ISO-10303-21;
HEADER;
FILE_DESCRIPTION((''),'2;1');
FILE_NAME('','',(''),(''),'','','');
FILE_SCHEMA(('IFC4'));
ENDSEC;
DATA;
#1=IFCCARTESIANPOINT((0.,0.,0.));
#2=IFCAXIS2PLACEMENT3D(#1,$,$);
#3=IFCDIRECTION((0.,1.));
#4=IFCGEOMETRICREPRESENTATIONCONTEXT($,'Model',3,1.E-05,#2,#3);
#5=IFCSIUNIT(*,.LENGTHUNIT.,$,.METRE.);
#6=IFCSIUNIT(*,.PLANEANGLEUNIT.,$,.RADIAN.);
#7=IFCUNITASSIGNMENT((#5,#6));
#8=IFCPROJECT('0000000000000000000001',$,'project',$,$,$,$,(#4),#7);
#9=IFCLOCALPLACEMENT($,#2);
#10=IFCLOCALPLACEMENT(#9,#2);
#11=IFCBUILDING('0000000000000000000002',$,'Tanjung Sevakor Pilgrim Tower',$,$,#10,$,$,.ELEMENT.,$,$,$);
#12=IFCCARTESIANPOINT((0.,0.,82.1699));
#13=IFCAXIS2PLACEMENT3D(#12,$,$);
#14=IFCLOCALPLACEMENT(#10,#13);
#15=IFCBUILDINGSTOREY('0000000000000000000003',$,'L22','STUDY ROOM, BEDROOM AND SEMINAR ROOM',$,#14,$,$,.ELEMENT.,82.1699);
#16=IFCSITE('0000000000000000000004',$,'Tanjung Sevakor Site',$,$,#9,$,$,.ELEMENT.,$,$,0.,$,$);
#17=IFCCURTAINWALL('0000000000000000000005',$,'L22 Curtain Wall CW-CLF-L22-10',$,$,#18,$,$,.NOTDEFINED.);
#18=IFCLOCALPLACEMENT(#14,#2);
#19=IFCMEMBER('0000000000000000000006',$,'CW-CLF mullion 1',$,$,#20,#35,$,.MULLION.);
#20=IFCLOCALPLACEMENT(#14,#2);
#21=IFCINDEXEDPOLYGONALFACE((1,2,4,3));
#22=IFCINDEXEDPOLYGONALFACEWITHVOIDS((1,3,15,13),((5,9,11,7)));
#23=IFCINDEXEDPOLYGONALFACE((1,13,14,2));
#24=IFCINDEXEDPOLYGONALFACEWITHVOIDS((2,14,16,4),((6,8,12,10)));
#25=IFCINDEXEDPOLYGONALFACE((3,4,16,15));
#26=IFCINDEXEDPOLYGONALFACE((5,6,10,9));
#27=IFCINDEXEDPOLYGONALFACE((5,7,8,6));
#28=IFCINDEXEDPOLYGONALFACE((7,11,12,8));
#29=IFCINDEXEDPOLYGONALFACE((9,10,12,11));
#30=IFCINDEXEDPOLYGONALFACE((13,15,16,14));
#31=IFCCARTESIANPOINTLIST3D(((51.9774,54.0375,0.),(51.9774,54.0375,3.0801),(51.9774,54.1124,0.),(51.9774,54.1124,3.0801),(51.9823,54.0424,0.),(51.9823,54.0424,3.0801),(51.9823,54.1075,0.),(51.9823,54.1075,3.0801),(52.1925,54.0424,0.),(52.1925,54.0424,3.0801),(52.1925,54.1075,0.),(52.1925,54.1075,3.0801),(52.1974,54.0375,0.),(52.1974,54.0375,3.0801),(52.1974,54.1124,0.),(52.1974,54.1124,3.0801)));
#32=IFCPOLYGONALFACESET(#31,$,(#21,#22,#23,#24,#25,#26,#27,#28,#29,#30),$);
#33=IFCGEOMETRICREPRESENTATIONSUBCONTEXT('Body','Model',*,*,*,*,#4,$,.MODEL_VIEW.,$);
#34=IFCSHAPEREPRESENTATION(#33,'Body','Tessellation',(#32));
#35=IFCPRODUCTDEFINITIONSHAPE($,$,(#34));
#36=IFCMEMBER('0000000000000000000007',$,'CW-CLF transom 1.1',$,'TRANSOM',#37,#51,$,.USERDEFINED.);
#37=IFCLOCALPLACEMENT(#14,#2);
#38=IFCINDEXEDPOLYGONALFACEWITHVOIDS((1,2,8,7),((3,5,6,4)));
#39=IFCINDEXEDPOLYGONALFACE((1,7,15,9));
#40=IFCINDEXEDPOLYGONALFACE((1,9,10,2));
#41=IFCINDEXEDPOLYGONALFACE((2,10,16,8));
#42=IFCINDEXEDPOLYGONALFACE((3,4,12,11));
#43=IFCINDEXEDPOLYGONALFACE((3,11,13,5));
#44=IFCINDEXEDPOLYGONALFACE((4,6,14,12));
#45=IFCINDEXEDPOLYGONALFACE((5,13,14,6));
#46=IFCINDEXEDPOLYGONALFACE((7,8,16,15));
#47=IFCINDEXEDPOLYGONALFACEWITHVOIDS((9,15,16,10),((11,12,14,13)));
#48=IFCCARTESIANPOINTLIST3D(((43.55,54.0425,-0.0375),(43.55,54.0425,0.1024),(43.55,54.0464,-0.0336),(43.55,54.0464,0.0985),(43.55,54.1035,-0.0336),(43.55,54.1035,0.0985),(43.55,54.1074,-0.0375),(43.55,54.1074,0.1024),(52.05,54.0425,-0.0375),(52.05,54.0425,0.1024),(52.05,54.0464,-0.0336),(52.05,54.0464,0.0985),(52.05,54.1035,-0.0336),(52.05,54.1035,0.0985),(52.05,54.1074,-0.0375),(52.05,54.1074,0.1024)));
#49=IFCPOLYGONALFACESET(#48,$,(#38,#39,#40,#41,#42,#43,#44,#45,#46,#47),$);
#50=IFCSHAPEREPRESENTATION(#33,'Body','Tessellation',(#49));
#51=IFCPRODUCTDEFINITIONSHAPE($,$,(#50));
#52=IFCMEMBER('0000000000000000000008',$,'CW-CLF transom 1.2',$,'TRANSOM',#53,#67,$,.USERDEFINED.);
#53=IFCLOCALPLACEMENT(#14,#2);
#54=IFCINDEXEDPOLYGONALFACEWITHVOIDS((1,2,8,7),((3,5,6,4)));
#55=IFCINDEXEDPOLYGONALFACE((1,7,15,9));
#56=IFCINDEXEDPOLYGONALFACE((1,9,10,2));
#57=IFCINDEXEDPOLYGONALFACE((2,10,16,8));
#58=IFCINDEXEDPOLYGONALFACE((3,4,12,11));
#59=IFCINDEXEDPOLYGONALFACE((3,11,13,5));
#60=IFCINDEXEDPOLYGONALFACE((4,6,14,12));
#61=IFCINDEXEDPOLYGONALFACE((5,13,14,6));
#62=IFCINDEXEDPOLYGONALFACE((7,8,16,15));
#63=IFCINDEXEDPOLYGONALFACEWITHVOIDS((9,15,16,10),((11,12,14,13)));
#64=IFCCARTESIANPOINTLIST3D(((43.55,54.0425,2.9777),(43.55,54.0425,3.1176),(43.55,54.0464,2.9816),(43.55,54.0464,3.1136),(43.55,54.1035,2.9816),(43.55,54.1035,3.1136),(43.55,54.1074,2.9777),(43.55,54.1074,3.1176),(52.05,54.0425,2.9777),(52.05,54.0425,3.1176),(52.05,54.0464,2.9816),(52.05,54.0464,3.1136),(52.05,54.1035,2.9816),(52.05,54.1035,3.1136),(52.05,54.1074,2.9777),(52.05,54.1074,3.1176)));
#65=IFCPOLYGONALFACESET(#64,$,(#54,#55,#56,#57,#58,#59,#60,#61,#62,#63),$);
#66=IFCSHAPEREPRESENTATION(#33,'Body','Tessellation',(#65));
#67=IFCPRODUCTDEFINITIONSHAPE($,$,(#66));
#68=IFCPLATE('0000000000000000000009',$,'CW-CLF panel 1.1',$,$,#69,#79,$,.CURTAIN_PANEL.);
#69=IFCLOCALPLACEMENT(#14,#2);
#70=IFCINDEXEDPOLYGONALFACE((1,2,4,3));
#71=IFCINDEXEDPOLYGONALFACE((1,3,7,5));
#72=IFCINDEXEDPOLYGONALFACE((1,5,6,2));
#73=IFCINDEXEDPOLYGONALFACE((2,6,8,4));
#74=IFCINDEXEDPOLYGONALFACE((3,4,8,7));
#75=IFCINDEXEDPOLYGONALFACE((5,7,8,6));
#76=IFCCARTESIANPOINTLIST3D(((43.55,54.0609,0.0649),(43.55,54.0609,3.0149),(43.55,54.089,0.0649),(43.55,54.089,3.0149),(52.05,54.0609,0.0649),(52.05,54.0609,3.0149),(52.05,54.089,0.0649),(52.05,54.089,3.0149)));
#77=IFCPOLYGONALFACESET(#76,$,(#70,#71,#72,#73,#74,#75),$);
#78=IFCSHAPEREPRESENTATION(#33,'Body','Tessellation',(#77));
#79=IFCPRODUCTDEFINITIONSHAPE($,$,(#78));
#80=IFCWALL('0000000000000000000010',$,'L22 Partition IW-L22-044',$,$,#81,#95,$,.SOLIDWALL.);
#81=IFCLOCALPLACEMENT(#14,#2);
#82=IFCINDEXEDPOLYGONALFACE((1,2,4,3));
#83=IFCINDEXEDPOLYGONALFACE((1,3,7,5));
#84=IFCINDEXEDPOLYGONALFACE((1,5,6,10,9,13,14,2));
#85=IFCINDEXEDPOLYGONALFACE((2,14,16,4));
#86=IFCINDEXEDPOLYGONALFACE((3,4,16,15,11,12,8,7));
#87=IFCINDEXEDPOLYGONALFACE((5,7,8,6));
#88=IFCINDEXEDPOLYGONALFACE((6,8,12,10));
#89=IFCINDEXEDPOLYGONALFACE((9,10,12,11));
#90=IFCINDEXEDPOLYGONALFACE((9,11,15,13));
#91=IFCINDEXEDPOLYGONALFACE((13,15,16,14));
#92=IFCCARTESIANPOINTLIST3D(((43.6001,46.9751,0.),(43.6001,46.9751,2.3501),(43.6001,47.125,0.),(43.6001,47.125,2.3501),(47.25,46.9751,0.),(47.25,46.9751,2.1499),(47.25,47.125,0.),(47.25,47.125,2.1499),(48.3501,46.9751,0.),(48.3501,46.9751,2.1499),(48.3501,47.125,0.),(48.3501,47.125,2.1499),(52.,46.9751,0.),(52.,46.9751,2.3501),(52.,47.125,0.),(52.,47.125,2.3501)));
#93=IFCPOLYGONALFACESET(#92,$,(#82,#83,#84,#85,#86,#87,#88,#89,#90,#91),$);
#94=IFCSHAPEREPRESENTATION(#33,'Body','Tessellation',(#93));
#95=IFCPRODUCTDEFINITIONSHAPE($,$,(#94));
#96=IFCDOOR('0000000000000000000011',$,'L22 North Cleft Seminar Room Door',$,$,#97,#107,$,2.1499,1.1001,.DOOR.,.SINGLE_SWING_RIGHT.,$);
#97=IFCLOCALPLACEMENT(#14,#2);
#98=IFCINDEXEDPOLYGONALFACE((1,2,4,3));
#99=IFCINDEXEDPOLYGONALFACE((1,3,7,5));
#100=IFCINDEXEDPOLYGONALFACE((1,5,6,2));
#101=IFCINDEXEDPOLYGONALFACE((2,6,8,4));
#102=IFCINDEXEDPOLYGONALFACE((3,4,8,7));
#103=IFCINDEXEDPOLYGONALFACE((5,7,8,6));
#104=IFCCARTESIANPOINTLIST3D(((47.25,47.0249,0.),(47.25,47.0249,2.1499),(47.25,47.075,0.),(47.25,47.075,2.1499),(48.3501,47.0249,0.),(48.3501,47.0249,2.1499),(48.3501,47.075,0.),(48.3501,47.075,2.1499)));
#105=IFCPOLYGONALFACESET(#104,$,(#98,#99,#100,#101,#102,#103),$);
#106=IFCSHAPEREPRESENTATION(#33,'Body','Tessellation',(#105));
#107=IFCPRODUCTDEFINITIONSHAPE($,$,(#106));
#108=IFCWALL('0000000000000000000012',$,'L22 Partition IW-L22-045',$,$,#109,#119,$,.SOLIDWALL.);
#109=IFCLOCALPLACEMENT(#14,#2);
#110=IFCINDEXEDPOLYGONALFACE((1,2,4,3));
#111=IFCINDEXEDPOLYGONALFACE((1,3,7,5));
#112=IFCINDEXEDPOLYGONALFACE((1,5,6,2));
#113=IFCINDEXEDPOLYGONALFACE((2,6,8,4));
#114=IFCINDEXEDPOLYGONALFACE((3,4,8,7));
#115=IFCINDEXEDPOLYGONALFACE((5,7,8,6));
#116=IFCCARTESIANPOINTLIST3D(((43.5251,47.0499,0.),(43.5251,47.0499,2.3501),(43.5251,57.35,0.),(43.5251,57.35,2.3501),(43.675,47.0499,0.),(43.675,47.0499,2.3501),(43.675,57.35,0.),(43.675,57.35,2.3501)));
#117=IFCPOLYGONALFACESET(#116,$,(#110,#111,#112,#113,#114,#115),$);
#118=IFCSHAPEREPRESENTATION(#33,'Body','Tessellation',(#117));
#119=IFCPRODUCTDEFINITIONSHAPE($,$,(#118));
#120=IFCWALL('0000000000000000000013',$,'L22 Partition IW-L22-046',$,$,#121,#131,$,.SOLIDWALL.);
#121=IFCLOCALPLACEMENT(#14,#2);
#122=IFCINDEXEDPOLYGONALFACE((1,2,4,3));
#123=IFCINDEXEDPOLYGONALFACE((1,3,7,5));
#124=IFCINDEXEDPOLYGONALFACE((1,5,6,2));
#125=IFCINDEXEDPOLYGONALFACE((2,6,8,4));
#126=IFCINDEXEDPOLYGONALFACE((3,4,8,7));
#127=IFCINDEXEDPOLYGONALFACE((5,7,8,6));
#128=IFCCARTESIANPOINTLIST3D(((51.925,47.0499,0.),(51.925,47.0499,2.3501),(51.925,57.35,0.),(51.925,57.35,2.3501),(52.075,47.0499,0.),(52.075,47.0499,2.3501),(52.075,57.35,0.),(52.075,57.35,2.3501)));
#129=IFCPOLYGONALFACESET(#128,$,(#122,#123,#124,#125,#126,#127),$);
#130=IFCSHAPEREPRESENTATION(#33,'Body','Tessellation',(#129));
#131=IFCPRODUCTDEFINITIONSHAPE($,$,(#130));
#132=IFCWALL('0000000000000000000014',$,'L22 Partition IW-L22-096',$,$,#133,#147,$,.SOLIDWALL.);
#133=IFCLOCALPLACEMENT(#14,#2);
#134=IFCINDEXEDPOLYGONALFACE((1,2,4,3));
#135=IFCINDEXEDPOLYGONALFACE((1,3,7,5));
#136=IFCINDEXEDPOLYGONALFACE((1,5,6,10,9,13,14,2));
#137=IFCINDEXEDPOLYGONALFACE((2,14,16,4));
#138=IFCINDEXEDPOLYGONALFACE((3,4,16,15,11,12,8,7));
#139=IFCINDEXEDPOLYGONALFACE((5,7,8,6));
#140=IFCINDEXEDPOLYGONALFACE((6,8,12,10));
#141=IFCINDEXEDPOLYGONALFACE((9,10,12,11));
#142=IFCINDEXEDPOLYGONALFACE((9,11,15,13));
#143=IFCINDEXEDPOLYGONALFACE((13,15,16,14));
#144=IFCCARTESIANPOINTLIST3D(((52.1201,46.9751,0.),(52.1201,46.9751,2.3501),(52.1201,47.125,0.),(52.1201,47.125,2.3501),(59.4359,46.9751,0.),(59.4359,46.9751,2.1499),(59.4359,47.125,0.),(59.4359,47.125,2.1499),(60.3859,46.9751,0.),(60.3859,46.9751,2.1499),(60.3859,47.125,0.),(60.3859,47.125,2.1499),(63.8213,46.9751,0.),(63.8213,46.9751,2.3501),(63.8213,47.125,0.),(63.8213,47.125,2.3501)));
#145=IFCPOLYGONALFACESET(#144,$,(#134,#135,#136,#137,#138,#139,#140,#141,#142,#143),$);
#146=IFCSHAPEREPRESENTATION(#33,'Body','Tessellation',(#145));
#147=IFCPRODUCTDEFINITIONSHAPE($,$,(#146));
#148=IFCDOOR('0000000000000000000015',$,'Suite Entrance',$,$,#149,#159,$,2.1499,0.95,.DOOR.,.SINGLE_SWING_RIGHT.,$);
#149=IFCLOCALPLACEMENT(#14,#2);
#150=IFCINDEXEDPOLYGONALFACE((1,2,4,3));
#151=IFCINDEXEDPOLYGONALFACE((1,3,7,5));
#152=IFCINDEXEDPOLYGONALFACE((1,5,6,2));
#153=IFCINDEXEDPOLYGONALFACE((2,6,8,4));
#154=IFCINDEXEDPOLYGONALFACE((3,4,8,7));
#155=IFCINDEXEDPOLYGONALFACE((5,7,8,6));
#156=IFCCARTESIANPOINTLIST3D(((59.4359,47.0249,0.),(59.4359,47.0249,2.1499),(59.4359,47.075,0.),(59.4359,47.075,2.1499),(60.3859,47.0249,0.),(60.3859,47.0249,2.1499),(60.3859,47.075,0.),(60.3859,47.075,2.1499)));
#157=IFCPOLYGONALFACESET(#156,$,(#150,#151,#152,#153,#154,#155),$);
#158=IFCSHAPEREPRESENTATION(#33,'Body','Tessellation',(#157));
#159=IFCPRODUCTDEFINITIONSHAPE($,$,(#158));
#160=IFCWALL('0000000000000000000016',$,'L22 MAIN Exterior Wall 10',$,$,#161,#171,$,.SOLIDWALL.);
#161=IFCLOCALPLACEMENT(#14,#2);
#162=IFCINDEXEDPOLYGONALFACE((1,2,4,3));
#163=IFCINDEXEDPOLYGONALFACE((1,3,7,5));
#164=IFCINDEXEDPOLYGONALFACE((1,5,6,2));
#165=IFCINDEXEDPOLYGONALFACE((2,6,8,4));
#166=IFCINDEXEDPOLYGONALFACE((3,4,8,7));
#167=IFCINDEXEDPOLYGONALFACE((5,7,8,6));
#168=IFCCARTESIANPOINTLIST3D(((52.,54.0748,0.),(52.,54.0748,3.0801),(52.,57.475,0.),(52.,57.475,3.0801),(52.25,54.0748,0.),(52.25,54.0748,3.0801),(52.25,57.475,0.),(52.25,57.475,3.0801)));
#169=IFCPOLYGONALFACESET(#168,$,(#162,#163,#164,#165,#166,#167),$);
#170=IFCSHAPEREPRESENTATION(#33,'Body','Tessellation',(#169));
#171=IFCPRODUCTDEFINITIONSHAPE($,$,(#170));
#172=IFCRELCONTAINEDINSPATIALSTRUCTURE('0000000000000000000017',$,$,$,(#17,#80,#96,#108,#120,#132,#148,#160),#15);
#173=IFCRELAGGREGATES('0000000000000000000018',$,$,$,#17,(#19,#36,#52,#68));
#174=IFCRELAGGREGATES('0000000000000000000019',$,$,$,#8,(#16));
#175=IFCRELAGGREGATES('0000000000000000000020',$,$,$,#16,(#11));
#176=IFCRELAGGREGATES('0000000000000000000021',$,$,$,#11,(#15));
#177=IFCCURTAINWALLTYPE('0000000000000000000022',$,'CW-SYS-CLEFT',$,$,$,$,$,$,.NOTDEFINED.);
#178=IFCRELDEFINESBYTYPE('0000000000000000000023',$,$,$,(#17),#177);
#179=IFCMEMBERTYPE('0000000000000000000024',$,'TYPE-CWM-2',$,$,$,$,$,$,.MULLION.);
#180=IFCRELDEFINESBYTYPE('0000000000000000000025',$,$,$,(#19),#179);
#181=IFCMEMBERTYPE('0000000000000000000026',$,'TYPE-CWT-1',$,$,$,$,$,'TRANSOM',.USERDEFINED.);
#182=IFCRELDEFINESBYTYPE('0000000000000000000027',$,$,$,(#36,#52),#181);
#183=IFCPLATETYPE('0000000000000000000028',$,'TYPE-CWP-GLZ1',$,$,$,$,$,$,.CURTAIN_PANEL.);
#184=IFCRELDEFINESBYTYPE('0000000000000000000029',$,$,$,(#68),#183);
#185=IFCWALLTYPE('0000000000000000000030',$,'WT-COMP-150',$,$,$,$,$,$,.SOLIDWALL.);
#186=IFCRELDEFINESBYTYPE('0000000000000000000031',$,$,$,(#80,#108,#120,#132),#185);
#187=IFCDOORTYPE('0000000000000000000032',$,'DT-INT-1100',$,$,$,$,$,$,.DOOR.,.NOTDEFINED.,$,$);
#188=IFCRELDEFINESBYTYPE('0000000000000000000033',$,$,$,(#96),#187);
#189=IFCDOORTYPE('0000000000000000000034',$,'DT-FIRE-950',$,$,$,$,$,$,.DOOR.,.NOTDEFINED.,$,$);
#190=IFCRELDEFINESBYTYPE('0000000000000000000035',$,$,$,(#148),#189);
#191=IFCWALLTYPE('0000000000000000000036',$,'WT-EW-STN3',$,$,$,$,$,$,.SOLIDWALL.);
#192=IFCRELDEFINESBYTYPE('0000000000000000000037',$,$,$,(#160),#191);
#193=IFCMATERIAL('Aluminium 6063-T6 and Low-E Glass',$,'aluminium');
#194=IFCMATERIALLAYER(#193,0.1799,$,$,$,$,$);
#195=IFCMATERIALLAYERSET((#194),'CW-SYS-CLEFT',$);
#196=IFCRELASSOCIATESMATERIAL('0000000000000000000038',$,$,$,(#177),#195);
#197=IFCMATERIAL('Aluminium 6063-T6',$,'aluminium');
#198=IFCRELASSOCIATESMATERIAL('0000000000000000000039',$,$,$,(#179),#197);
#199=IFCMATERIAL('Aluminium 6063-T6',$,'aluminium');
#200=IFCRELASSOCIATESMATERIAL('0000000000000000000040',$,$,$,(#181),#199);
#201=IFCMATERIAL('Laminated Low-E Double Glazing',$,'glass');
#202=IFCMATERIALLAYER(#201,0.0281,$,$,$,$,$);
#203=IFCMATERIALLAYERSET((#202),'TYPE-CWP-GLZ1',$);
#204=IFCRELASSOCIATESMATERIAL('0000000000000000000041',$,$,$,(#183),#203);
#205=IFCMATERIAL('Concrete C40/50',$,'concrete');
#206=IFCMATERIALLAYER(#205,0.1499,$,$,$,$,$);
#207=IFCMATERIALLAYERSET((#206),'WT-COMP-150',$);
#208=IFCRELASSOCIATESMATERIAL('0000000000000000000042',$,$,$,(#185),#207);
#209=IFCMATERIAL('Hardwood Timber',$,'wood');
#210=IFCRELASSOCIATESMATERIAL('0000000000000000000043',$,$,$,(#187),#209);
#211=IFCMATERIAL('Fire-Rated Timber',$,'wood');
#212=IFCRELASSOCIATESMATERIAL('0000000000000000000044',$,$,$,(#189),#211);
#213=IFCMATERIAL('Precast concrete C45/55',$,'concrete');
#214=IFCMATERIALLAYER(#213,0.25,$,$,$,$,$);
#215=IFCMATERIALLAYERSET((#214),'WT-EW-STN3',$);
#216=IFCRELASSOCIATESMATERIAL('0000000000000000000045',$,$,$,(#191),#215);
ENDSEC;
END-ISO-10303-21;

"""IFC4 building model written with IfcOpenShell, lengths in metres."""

from ifc_helpers import new_model, si_unit, direction, frame, frame_2d, origin, origin_2d, place, context, subcontext, project, spatial, rectangle, hollow_rectangle, extrude, material, layer, layer_set, material_profile, profile_set, type_object, element, fill, aggregate, save


model = new_model("IFC4")

# Units and contexts
model_context = context("Model", 3, precision=1e-05, world=origin(), true_north=direction((0.0, 1.0)))
body_context = subcontext(model_context, "Body", "Model", "MODEL_VIEW")
ifc_project = project(units=[si_unit("LENGTHUNIT", "METRE"), si_unit("PLANEANGLEUNIT", "RADIAN")], contexts=[model_context])

# Site, building, storey
site_placement = place(None, origin())
site = spatial("IfcSite", under=ifc_project, at=site_placement, Name="Tanjung Sevakor Site", CompositionType="ELEMENT", RefElevation=0.0)
building_placement = place(site_placement, origin())
building = spatial("IfcBuilding", under=site, at=building_placement, Name="Tanjung Sevakor Pilgrim Tower", CompositionType="ELEMENT")
storey_placement = place(building_placement, frame((0.0, 0.0, 82.1699)))
storey = spatial("IfcBuildingStorey", under=building, at=storey_placement, Name="L22", Description="STUDY ROOM, BEDROOM AND SEMINAR ROOM", CompositionType="ELEMENT", Elevation=82.1699)

# Curtain wall, members, plate
ifc_material_1 = material(Name="Aluminium 6063-T6 and Low-E Glass", Category="aluminium")
ifc_layer_1 = layer(ifc_material_1, 0.1799)
ifc_layer_set_1 = layer_set([ifc_layer_1], Name="CW-SYS-CLEFT")
curtain_wall_type = type_object("IfcCurtainWallType", Name="CW-SYS-CLEFT", PredefinedType="NOTDEFINED", material=ifc_layer_set_1)
curtain_wall_placement = place(storey_placement, origin())
curtain_wall = element("IfcCurtainWall", 1, at=curtain_wall_placement, inside=storey, type_object=curtain_wall_type, Name="L22 Curtain Wall CW-CLF-L22-10", PredefinedType="NOTDEFINED")
ifc_material_2 = material(Name="Aluminium 6063-T6", Category="aluminium")
ifc_material_profile_1 = material_profile(ifc_material_2, hollow_rectangle(XDim=0.075, YDim=0.22, WallThickness=0.0049, at=origin_2d()))
ifc_profile_set_1 = profile_set([ifc_material_profile_1], Name="Aluminium 6063-T6")
member_type_1 = type_object("IfcMemberType", Name="TYPE-CWM-2", PredefinedType="MULLION", material=ifc_profile_set_1)
member_1_placement = place(storey_placement, frame((52.0874, 54.075, 0.0), z_axis=(0.0, 0.0, 1.0), x_axis=(0.0, -1.0, 0.0)))
member_1 = element("IfcMember", 2, at=member_1_placement, type_object=member_type_1, Name="CW-CLF mullion 1", PredefinedType="MULLION", context=body_context, shape_type="SweptSolid", body=[
    extrude(hollow_rectangle(XDim=0.075, YDim=0.22, WallThickness=0.0049, at=origin_2d()), origin(), (0.0, 0.0, 1.0), 3.0801),
])
ifc_material_3 = material(Name="Aluminium 6063-T6", Category="aluminium")
ifc_material_profile_2 = material_profile(ifc_material_3, hollow_rectangle(XDim=0.0649, YDim=0.1399, WallThickness=0.0039, at=origin_2d()))
ifc_profile_set_2 = profile_set([ifc_material_profile_2], Name="Aluminium 6063-T6")
member_type_2 = type_object("IfcMemberType", Name="TYPE-CWT-1", ElementType="TRANSOM", PredefinedType="USERDEFINED", material=ifc_profile_set_2)
member_2_placement = place(storey_placement, frame((52.05, 54.075, 0.0325), z_axis=(-1.0, 0.0, 0.0), x_axis=(0.0, -1.0, 0.0)))
member_2 = element("IfcMember", 3, at=member_2_placement, type_object=member_type_2, Name="CW-CLF transom 1.1", ObjectType="TRANSOM", PredefinedType="USERDEFINED", context=body_context, shape_type="SweptSolid", body=[
    extrude(hollow_rectangle(XDim=0.0649, YDim=0.1399, WallThickness=0.0039, at=origin_2d()), origin(), (0.0, 0.0, 1.0), 8.5),
])
member_3_placement = place(storey_placement, frame((52.05, 54.075, 3.0476), z_axis=(-1.0, 0.0, 0.0), x_axis=(0.0, -1.0, 0.0)))
member_3 = element("IfcMember", 4, at=member_3_placement, type_object=member_type_2, Name="CW-CLF transom 1.2", ObjectType="TRANSOM", PredefinedType="USERDEFINED", context=body_context, shape_type="SweptSolid", body=[
    extrude(hollow_rectangle(XDim=0.0649, YDim=0.1399, WallThickness=0.0039, at=origin_2d()), origin(), (0.0, 0.0, 1.0), 8.5),
])
ifc_material_4 = material(Name="Laminated Low-E Double Glazing", Category="glass")
ifc_layer_2 = layer(ifc_material_4, 0.0281)
ifc_layer_set_2 = layer_set([ifc_layer_2], Name="TYPE-CWP-GLZ1")
plate_type = type_object("IfcPlateType", Name="TYPE-CWP-GLZ1", PredefinedType="CURTAIN_PANEL", material=ifc_layer_set_2)
plate_placement = place(storey_placement, frame((47.8, 54.075, 0.0649), z_axis=(0.0, 0.0, 1.0), x_axis=(-1.0, 0.0, 0.0)))
plate = element("IfcPlate", 5, at=plate_placement, type_object=plate_type, Name="CW-CLF panel 1.1", PredefinedType="CURTAIN_PANEL", context=body_context, shape_type="SweptSolid", body=[
    extrude(rectangle(XDim=8.5, YDim=0.0281, at=origin_2d()), origin(), (0.0, 0.0, 1.0), 2.95),
])
aggregate(curtain_wall, [member_1, member_2, member_3, plate])

# Wall, opening, door
ifc_material_5 = material(Name="Concrete C40/50", Category="concrete")
ifc_layer_3 = layer(ifc_material_5, 0.1499)
ifc_layer_set_3 = layer_set([ifc_layer_3], Name="WT-COMP-150")
wall_type_1 = type_object("IfcWallType", Name="WT-COMP-150", PredefinedType="SOLIDWALL", material=ifc_layer_set_3)
wall_1_placement = place(storey_placement, frame((43.6001, 47.05, 0.0), z_axis=(0.0, 0.0, 1.0), x_axis=(1.0, 0.0, 0.0)))
wall_1 = element("IfcWall", 6, at=wall_1_placement, inside=storey, type_object=wall_type_1, Name="L22 Partition IW-L22-044", PredefinedType="SOLIDWALL", context=body_context, shape_type="SweptSolid", body=[
    extrude(rectangle(XDim=8.3999, YDim=0.1499, at=frame_2d((4.2, 0.0))), origin(), (0.0, 0.0, 1.0), 2.3501),
])
opening_1_placement = place(wall_1_placement, frame((3.6499, 0.0, 0.0)))
opening_1 = element("IfcOpeningElement", 7, at=opening_1_placement, cuts=wall_1, PredefinedType="OPENING", context=body_context, shape_type="SweptSolid", body=[
    extrude(rectangle(XDim=1.1001, YDim=2.1499, at=frame_2d((0.55, 1.075))), frame((0.0, 0.085, 0.0), z_axis=(0.0, -1.0, 0.0), x_axis=(1.0, 0.0, 0.0)), (0.0, 0.0, 1.0), 0.1699),
])
ifc_material_6 = material(Name="Hardwood Timber", Category="wood")
door_type_1 = type_object("IfcDoorType", Name="DT-INT-1100", OperationType="NOTDEFINED", PredefinedType="DOOR", material=ifc_material_6)
door_1_placement = place(opening_1_placement, origin())
door_1 = element("IfcDoor", 8, at=door_1_placement, inside=storey, type_object=door_type_1, Name="L22 North Cleft Seminar Room Door", OperationType="SINGLE_SWING_RIGHT", OverallHeight=2.1499, OverallWidth=1.1001, PredefinedType="DOOR", context=body_context, shape_type="SweptSolid", body=[
    extrude(rectangle(XDim=1.1001, YDim=2.1499, at=frame_2d((0.55, 1.075))), frame((0.0, 0.0249, 0.0), z_axis=(0.0, -1.0, 0.0), x_axis=(1.0, 0.0, 0.0)), (0.0, 0.0, 1.0), 0.05),
])
fill(opening_1, door_1)

# Walls
for number, where, z_axis, x_axis, name in (
    (9, (43.6001, 47.05, 0.0), (0.0, 0.0, 1.0), (0.0, 1.0, 0.0), "L22 Partition IW-L22-045"),
    (10, (52.0, 47.05, 0.0), (0.0, 0.0, 1.0), (0.0, 1.0, 0.0), "L22 Partition IW-L22-046"),
):
    element("IfcWall", number, at=place(storey_placement, frame(where, z_axis=z_axis, x_axis=x_axis)), inside=storey, type_object=wall_type_1, Name=name, PredefinedType="SOLIDWALL", context=body_context, shape_type="SweptSolid", body=[
        extrude(rectangle(XDim=10.3, YDim=0.1499, at=frame_2d((5.1499, 0.0))), origin(), (0.0, 0.0, 1.0), 2.3501),
    ])

# Wall, opening, door
wall_2_placement = place(storey_placement, frame((52.1201, 47.05, 0.0), z_axis=(0.0, 0.0, 1.0), x_axis=(1.0, 0.0, 0.0)))
wall_2 = element("IfcWall", 11, at=wall_2_placement, inside=storey, type_object=wall_type_1, Name="L22 Partition IW-L22-096", PredefinedType="SOLIDWALL", context=body_context, shape_type="SweptSolid", body=[
    extrude(rectangle(XDim=11.7012, YDim=0.1499, at=frame_2d((5.8506, 0.0))), origin(), (0.0, 0.0, 1.0), 2.3501),
])
opening_2_placement = place(wall_2_placement, frame((7.3157, 0.0, 0.0)))
opening_2 = element("IfcOpeningElement", 12, at=opening_2_placement, cuts=wall_2, PredefinedType="OPENING", context=body_context, shape_type="SweptSolid", body=[
    extrude(rectangle(XDim=0.95, YDim=2.1499, at=frame_2d((0.4751, 1.075))), frame((0.0, 0.085, 0.0), z_axis=(0.0, -1.0, 0.0), x_axis=(1.0, 0.0, 0.0)), (0.0, 0.0, 1.0), 0.1699),
])
ifc_material_7 = material(Name="Fire-Rated Timber", Category="wood")
door_type_2 = type_object("IfcDoorType", Name="DT-FIRE-950", OperationType="NOTDEFINED", PredefinedType="DOOR", material=ifc_material_7)
door_2_placement = place(opening_2_placement, origin())
door_2 = element("IfcDoor", 13, at=door_2_placement, inside=storey, type_object=door_type_2, Name="Suite Entrance", OperationType="SINGLE_SWING_RIGHT", OverallHeight=2.1499, OverallWidth=0.95, PredefinedType="DOOR", context=body_context, shape_type="SweptSolid", body=[
    extrude(rectangle(XDim=0.95, YDim=2.1499, at=frame_2d((0.4751, 1.075))), frame((0.0, 0.0249, 0.0), z_axis=(0.0, -1.0, 0.0), x_axis=(1.0, 0.0, 0.0)), (0.0, 0.0, 1.0), 0.05),
])
fill(opening_2, door_2)

# Wall
ifc_material_8 = material(Name="Precast concrete C45/55", Category="concrete")
ifc_layer_4 = layer(ifc_material_8, 0.25)
ifc_layer_set_4 = layer_set([ifc_layer_4], Name="WT-EW-STN3")
wall_type_2 = type_object("IfcWallType", Name="WT-EW-STN3", PredefinedType="SOLIDWALL", material=ifc_layer_set_4)
wall_3_placement = place(storey_placement, frame((52.125, 57.4751, 0.0), z_axis=(0.0, 0.0, 1.0), x_axis=(0.0, -1.0, 0.0)))
element("IfcWall", 14, at=wall_3_placement, inside=storey, type_object=wall_type_2, Name="L22 MAIN Exterior Wall 10", PredefinedType="SOLIDWALL", context=body_context, shape_type="SweptSolid", body=[
    extrude(rectangle(XDim=3.4001, YDim=0.25, at=frame_2d((1.7002, 0.0))), origin(), (0.0, 0.0, 1.0), 3.0801),
])

save(model, "model.ifc")
